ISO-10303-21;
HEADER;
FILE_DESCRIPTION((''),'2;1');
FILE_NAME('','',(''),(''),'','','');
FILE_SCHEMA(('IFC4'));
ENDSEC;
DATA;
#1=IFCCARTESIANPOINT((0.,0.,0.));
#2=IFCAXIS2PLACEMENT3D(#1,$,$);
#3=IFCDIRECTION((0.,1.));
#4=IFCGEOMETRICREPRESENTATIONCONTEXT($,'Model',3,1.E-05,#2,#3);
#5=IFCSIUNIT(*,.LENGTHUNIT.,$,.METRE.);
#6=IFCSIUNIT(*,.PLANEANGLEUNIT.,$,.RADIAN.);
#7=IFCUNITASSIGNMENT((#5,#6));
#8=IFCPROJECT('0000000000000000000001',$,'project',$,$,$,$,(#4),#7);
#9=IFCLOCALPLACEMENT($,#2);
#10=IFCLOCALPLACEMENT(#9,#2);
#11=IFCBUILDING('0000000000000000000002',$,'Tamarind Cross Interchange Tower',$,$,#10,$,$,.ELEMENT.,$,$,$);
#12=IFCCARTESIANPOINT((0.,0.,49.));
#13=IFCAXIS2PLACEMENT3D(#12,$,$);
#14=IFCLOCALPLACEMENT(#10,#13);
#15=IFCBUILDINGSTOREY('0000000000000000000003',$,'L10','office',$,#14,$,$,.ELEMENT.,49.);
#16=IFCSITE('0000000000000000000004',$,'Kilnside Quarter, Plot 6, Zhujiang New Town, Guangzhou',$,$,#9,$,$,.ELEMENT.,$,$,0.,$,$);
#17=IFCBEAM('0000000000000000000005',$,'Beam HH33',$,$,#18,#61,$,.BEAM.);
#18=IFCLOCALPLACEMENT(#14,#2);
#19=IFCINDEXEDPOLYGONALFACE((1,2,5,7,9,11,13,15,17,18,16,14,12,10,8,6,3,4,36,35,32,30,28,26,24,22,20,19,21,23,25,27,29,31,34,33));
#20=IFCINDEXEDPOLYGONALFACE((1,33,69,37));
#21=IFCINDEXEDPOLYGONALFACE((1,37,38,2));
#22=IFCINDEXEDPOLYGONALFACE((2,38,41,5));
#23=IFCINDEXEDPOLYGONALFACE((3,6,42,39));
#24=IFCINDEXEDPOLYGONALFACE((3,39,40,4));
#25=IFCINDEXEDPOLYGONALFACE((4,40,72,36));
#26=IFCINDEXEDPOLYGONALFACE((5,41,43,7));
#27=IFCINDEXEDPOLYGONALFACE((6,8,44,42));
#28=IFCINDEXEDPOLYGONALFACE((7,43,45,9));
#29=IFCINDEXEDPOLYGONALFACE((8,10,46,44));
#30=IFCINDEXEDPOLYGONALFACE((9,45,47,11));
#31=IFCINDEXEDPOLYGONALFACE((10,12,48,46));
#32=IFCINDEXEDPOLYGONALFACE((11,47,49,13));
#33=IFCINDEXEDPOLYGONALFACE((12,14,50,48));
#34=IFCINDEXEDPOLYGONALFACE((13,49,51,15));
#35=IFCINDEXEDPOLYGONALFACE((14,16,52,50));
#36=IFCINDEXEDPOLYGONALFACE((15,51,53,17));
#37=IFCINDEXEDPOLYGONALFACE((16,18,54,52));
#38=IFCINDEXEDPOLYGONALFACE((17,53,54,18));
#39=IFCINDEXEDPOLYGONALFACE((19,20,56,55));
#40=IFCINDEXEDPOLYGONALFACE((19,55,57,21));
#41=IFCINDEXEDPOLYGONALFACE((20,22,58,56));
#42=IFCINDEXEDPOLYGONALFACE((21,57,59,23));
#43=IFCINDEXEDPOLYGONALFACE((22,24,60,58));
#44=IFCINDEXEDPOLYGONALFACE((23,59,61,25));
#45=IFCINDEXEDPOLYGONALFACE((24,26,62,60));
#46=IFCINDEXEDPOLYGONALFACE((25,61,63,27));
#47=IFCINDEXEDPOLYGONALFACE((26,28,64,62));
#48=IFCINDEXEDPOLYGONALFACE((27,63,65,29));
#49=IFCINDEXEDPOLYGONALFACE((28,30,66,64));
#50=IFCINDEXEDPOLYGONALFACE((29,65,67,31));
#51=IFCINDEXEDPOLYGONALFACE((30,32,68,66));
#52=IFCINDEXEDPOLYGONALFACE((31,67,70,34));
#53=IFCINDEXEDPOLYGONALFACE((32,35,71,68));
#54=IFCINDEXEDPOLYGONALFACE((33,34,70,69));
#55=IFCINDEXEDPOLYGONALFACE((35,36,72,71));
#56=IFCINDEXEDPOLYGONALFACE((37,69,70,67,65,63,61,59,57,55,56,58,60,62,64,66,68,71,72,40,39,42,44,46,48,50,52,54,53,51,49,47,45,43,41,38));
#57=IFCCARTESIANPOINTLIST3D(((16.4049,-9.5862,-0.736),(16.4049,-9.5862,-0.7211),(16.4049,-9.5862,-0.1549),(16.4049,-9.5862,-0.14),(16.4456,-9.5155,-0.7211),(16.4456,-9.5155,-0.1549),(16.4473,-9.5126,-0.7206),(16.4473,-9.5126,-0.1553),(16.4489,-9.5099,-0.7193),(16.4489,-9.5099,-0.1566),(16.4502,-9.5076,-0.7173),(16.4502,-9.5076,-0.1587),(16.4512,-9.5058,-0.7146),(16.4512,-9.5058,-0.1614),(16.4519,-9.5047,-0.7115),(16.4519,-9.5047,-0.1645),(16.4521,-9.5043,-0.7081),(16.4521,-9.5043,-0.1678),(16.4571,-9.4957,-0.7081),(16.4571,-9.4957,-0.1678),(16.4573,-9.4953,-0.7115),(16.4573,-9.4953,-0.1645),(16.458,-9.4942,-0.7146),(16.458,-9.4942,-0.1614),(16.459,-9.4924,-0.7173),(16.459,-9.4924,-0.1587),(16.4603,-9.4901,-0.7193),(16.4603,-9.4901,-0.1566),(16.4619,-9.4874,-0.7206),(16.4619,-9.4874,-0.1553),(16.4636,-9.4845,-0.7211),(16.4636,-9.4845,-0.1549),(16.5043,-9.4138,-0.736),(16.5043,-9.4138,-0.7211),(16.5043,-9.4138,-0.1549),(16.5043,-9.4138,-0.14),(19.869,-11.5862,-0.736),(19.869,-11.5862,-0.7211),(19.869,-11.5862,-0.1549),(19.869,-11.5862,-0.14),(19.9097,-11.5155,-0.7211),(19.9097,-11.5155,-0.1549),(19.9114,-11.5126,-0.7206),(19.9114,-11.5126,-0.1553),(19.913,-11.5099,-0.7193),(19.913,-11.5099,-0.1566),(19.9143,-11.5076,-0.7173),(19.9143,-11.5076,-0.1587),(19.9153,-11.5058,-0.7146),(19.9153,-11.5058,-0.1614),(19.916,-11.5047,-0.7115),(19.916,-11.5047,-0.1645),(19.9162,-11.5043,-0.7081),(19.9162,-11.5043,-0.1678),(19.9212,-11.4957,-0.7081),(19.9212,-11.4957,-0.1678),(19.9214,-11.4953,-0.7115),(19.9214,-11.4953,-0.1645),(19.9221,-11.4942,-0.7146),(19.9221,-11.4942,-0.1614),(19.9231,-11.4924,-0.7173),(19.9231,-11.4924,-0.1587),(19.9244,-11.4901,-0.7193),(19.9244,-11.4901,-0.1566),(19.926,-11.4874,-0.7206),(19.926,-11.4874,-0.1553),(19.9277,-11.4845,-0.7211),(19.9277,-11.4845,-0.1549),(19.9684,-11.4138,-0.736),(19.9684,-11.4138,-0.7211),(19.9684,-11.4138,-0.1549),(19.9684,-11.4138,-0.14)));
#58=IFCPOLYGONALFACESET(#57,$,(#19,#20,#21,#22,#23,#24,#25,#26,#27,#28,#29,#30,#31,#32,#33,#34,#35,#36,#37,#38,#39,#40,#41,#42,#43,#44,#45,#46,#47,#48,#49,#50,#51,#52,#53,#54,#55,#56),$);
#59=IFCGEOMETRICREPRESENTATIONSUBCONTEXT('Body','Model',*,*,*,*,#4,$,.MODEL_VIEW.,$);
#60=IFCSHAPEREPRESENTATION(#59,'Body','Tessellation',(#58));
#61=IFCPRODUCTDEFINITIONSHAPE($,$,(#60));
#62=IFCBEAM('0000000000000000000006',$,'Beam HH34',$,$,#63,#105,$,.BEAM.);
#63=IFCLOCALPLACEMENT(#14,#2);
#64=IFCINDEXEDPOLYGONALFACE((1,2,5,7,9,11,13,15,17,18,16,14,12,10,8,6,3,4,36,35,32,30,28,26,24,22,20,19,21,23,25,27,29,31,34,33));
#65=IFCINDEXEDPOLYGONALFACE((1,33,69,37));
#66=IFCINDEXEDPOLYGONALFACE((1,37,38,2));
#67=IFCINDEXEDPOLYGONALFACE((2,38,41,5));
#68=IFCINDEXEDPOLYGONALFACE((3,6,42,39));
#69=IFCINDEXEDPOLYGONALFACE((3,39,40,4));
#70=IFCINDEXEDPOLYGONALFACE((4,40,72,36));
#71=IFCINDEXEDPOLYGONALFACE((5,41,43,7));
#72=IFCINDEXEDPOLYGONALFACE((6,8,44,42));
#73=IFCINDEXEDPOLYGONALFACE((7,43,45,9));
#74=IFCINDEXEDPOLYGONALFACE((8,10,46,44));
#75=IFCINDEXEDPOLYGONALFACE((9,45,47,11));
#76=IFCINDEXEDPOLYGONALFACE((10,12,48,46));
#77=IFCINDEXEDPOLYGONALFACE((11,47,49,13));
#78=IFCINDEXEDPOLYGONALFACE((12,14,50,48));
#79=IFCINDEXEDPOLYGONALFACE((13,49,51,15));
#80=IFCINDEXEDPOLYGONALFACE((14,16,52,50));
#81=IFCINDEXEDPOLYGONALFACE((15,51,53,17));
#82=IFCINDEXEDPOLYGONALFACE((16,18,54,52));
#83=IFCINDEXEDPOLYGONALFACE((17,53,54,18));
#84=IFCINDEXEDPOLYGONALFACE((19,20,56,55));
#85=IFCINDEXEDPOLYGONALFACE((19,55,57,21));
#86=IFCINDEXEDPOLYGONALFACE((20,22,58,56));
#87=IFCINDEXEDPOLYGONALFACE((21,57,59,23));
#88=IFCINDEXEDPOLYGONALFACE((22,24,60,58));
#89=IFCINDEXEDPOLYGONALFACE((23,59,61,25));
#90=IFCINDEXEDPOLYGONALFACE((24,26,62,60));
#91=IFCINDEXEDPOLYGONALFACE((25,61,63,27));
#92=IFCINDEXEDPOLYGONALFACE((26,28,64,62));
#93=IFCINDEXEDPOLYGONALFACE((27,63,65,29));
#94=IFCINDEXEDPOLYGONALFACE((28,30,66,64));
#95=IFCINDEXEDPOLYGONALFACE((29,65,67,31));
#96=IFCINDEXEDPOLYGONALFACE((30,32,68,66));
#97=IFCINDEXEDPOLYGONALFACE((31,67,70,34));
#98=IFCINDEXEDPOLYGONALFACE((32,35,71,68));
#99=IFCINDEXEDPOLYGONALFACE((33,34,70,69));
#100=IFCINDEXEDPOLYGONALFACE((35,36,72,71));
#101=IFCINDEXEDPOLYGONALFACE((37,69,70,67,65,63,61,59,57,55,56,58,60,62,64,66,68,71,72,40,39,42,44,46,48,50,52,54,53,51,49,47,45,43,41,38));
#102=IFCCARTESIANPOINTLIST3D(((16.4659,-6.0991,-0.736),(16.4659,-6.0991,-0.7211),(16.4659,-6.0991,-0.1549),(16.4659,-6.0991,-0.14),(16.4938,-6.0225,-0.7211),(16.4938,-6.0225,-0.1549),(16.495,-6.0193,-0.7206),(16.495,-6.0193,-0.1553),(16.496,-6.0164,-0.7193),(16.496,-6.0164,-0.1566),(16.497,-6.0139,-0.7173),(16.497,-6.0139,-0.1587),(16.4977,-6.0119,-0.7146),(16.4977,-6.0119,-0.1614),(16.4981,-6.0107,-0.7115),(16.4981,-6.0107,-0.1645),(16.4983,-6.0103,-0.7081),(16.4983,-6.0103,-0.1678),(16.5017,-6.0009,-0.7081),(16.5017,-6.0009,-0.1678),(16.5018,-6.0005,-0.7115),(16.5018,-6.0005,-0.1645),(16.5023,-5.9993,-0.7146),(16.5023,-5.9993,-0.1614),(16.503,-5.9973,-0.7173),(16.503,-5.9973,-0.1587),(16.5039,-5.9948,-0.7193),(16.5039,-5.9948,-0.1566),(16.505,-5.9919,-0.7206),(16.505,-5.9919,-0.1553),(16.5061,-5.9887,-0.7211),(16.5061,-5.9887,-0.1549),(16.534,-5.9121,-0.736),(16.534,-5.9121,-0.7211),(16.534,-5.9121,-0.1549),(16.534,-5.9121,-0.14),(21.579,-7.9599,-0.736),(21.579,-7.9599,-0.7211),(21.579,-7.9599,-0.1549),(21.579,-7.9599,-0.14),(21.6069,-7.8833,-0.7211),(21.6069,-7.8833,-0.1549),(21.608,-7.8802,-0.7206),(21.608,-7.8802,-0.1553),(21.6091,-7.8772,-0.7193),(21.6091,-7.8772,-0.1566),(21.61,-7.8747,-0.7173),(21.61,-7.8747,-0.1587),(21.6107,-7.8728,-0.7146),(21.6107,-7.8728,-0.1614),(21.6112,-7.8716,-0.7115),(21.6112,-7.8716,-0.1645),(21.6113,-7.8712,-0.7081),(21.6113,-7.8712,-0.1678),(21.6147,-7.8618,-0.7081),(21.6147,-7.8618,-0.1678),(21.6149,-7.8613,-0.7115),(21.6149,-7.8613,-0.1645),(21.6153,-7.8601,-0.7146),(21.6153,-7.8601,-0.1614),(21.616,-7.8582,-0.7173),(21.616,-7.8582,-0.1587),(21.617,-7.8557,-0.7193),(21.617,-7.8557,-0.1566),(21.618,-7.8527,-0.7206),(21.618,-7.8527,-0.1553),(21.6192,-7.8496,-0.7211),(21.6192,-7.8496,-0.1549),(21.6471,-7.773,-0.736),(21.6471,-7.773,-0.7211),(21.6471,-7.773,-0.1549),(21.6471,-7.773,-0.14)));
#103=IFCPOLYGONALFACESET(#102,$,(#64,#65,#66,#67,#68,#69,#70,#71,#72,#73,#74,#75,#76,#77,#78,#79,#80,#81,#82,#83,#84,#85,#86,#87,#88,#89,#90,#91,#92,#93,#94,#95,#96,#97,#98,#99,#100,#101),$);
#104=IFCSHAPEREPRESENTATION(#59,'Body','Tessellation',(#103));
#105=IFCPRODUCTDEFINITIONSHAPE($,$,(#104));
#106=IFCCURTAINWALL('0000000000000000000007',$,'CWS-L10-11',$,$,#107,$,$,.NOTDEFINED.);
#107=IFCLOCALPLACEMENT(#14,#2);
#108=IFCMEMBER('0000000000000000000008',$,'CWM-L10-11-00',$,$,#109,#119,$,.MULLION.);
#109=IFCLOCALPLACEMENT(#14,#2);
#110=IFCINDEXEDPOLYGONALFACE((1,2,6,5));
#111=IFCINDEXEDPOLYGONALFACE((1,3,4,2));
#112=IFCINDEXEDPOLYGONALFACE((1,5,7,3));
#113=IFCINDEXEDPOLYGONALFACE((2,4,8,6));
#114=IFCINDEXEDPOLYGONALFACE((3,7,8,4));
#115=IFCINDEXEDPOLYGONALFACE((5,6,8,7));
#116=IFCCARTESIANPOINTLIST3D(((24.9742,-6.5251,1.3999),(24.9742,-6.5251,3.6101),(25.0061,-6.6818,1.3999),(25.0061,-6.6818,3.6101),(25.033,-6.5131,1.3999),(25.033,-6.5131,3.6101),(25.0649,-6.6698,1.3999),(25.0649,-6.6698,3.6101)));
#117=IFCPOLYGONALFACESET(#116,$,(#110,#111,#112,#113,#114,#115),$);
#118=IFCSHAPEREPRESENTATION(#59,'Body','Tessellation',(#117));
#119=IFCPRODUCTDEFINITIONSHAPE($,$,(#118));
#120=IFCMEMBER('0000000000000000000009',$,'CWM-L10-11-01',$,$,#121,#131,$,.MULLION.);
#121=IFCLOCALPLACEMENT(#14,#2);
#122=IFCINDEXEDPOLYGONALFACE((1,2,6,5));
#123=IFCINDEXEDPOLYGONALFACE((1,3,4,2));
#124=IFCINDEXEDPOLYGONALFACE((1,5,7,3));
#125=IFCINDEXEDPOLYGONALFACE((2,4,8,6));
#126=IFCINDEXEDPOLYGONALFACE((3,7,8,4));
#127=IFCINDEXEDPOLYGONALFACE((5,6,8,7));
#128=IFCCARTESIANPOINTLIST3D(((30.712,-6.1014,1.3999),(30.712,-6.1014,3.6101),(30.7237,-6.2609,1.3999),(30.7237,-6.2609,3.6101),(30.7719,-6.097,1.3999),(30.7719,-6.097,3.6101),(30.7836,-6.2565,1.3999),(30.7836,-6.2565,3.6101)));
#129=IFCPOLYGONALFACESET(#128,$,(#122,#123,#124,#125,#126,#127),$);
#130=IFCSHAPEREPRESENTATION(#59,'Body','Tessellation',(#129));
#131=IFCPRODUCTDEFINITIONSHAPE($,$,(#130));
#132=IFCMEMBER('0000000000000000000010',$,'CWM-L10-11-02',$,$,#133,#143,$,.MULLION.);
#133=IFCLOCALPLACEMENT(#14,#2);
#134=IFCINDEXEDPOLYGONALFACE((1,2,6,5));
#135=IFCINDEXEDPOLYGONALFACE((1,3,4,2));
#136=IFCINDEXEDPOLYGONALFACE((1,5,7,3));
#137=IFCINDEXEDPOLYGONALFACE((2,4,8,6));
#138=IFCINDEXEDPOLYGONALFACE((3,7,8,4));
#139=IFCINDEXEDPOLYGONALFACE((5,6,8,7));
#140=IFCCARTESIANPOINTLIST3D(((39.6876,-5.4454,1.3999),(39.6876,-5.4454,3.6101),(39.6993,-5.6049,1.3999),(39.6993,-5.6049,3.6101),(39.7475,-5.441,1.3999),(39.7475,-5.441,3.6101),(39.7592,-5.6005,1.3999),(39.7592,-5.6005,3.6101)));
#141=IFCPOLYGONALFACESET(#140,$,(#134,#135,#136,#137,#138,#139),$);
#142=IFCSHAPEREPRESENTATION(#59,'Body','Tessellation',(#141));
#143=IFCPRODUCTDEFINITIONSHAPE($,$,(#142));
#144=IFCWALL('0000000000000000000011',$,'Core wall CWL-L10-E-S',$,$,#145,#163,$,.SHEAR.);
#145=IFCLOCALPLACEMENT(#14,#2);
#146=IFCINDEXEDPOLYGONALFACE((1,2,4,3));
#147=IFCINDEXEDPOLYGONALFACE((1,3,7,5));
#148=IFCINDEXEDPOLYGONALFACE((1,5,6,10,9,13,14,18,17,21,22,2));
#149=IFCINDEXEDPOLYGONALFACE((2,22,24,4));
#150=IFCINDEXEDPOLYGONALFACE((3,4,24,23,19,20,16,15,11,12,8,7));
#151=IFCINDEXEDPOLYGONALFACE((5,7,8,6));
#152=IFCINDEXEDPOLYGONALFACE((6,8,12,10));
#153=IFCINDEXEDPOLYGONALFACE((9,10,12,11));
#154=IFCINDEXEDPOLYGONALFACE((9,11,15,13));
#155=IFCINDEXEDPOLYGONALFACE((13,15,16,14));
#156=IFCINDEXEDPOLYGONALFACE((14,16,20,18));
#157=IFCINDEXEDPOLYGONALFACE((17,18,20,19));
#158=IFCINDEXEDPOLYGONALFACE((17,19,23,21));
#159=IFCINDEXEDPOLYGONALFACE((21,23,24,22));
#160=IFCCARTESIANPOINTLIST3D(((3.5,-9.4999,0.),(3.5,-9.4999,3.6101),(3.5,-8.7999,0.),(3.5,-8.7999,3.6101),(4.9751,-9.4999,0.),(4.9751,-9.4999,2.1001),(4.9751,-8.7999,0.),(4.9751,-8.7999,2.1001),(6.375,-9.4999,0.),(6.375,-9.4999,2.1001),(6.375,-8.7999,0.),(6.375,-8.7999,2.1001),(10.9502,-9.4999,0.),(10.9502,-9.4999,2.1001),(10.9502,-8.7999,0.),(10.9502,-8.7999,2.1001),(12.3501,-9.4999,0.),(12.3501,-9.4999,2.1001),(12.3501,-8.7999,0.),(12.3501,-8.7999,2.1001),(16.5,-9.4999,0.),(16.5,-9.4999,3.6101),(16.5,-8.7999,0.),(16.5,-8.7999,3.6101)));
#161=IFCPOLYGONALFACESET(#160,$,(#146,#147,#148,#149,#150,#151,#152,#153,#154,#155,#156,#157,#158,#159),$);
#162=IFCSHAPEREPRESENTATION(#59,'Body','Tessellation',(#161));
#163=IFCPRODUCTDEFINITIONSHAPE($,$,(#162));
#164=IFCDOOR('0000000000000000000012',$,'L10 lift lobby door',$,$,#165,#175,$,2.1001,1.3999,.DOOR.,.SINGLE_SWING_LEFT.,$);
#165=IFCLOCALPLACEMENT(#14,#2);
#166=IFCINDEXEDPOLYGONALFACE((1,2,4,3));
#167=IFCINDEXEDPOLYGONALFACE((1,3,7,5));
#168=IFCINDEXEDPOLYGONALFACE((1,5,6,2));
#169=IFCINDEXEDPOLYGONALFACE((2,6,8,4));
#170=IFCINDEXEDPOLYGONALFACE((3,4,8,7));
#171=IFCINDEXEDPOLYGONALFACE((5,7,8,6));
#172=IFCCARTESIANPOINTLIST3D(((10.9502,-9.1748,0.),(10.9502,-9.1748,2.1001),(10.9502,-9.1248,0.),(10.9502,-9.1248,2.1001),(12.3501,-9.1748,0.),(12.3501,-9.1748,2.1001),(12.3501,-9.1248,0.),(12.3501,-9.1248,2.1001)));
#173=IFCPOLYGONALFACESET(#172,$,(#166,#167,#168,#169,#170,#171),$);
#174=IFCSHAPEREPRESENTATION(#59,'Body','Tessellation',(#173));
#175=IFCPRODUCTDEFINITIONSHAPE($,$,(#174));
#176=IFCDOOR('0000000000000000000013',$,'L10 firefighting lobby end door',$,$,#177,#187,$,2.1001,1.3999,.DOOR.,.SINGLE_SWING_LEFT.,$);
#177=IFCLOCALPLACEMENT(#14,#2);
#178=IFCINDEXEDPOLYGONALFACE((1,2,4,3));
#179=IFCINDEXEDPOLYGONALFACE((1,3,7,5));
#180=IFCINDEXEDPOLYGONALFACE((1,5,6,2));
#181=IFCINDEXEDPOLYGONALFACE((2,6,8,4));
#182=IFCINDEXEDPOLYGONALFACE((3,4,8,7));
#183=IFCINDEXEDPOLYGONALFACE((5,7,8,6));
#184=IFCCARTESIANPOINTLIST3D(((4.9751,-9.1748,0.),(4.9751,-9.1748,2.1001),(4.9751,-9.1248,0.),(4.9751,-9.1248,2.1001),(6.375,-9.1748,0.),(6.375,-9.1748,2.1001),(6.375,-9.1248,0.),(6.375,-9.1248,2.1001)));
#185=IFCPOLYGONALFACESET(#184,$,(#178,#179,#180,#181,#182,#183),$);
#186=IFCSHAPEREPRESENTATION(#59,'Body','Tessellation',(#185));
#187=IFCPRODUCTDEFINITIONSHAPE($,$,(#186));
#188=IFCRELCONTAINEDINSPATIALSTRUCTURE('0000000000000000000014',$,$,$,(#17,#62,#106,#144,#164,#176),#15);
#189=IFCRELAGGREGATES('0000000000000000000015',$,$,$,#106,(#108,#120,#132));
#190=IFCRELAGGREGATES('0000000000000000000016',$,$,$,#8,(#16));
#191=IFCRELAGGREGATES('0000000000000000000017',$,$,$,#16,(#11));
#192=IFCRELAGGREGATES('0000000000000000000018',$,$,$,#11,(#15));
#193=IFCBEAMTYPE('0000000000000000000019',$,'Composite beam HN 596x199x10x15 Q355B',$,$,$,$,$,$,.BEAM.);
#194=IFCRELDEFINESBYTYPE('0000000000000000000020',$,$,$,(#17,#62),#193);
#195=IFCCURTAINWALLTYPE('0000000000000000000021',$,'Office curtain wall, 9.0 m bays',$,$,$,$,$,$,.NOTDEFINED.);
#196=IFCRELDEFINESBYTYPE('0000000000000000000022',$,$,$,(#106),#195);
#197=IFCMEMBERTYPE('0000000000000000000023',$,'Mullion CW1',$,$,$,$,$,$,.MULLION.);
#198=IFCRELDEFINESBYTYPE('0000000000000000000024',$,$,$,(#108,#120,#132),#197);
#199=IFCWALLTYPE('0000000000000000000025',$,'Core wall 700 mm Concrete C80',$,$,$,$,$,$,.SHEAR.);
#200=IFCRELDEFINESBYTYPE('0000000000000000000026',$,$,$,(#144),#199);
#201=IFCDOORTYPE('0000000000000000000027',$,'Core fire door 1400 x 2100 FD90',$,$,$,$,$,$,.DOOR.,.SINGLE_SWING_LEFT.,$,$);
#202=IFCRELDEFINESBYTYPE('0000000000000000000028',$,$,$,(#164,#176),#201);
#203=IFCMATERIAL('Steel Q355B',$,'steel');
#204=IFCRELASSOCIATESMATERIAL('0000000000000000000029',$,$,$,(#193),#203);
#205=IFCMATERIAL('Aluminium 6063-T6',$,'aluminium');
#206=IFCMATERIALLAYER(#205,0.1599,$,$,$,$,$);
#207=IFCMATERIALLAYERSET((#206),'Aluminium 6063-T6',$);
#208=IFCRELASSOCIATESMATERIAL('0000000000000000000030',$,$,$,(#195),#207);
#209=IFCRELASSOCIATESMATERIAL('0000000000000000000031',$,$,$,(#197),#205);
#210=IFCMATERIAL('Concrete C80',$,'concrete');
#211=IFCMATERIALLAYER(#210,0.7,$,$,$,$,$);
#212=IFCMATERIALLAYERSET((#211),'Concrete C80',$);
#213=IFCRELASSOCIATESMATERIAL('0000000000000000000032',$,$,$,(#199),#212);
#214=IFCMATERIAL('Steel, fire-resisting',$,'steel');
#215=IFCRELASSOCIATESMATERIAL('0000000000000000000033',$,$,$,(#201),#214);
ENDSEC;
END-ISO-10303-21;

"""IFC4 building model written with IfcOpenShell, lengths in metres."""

from ifc_helpers import new_model, si_unit, direction, frame, frame_2d, origin, origin_2d, place, context, subcontext, project, spatial, rectangle, i_section, extrude, material, layer, layer_set, material_profile, profile_set, type_object, element, fill, aggregate, save


model = new_model("IFC4")

# Units and contexts
model_context = context("Model", 3, precision=1e-05, world=origin(), true_north=direction((0.0, 1.0)))
body_context = subcontext(model_context, "Body", "Model", "MODEL_VIEW")
ifc_project = project(units=[si_unit("LENGTHUNIT", "METRE"), si_unit("PLANEANGLEUNIT", "RADIAN")], contexts=[model_context])

# Site, building, storey
site_placement = place(None, origin())
site = spatial("IfcSite", under=ifc_project, at=site_placement, Name="Kilnside Quarter, Plot 6, Zhujiang New Town, Guangzhou", CompositionType="ELEMENT", RefElevation=0.0)
building_placement = place(site_placement, origin())
building = spatial("IfcBuilding", under=site, at=building_placement, Name="Tamarind Cross Interchange Tower", CompositionType="ELEMENT")
storey_placement = place(building_placement, frame((0.0, 0.0, 49.0)))
storey = spatial("IfcBuildingStorey", under=building, at=storey_placement, Name="L10", Description="office", CompositionType="ELEMENT", Elevation=49.0)

# Beams
ifc_material_1 = material(Name="Steel Q355B", Category="steel")
ifc_material_profile_1 = material_profile(ifc_material_1, i_section(OverallWidth=0.199, OverallDepth=0.5959, WebThickness=0.01, FlangeThickness=0.0149, FilletRadius=0.0129, at=origin_2d()), Name="HN 596x199x10x15")
ifc_profile_set_1 = profile_set([ifc_material_profile_1], Name="Steel Q355B")
beam_type_1 = type_object("IfcBeamType", Name="Composite beam HN 596x199x10x15 Q355B", PredefinedType="BEAM", material=ifc_profile_set_1)
beam_1_placement = place(storey_placement, frame((19.9187, -11.5, -0.438), z_axis=(-0.866026, 0.499999, 0.0), x_axis=(-0.499999, -0.866026, 0.0)))
element("IfcBeam", 1, at=beam_1_placement, inside=storey, type_object=beam_type_1, Name="Beam HH33", PredefinedType="BEAM", context=body_context, shape_type="SweptSolid", body=[
    extrude(i_section(OverallWidth=0.199, OverallDepth=0.5959, WebThickness=0.01, FlangeThickness=0.0149, FilletRadius=0.0129, at=origin_2d()), origin(), (0.0, 0.0, 1.0), 4.0),
])
beam_2_placement = place(storey_placement, frame((21.613, -7.8665, -0.438), z_axis=(-0.939702, 0.341995, 0.0), x_axis=(-0.341995, -0.939702, 0.0)))
element("IfcBeam", 2, at=beam_2_placement, inside=storey, type_object=beam_type_1, Name="Beam HH34", PredefinedType="BEAM", context=body_context, shape_type="SweptSolid", body=[
    extrude(i_section(OverallWidth=0.199, OverallDepth=0.5959, WebThickness=0.01, FlangeThickness=0.0149, FilletRadius=0.0129, at=origin_2d()), origin(), (0.0, 0.0, 1.0), 5.4412),
])

# Curtain wall, members
ifc_material_2 = material(Name="Aluminium 6063-T6", Category="aluminium")
ifc_layer_1 = layer(ifc_material_2, 0.1599)
ifc_layer_set_1 = layer_set([ifc_layer_1], Name="Aluminium 6063-T6")
curtain_wall_type = type_object("IfcCurtainWallType", Name="Office curtain wall, 9.0 m bays", PredefinedType="NOTDEFINED", material=ifc_layer_set_1)
curtain_wall_placement = place(storey_placement, origin())
curtain_wall = element("IfcCurtainWall", 3, at=curtain_wall_placement, inside=storey, type_object=curtain_wall_type, Name="CWS-L10-11", PredefinedType="NOTDEFINED")
ifc_material_profile_2 = material_profile(ifc_material_2, rectangle(XDim=0.0601, YDim=0.1599, at=origin_2d()), Name="Mullion CW1")
ifc_profile_set_2 = profile_set([ifc_material_profile_2], Name="Aluminium 6063-T6")
member_type = type_object("IfcMemberType", Name="Mullion CW1", PredefinedType="MULLION", material=ifc_profile_set_2)
member_1_placement = place(storey_placement, frame((25.0195, -6.5974, 1.3999), z_axis=(0.0, 0.0, 1.0), x_axis=(0.979911, 0.199435, 0.0)))
member_1 = element("IfcMember", 4, at=member_1_placement, type_object=member_type, Name="CWM-L10-11-00", PredefinedType="MULLION", context=body_context, shape_type="SweptSolid", body=[
    extrude(rectangle(XDim=0.0601, YDim=0.1599, at=origin_2d()), origin(), (0.0, 0.0, 1.0), 2.2102),
])
member_2_placement = place(storey_placement, frame((30.7478, -6.179, 1.3999), z_axis=(0.0, 0.0, 1.0), x_axis=(0.997341, 0.072876, 0.0)))
member_2 = element("IfcMember", 5, at=member_2_placement, type_object=member_type, Name="CWM-L10-11-01", PredefinedType="MULLION", context=body_context, shape_type="SweptSolid", body=[
    extrude(rectangle(XDim=0.0601, YDim=0.1599, at=origin_2d()), origin(), (0.0, 0.0, 1.0), 2.2102),
])
member_3_placement = place(storey_placement, frame((39.7234, -5.5229, 1.3999), z_axis=(0.0, 0.0, 1.0), x_axis=(0.997341, 0.072876, 0.0)))
member_3 = element("IfcMember", 6, at=member_3_placement, type_object=member_type, Name="CWM-L10-11-02", PredefinedType="MULLION", context=body_context, shape_type="SweptSolid", body=[
    extrude(rectangle(XDim=0.0601, YDim=0.1599, at=origin_2d()), origin(), (0.0, 0.0, 1.0), 2.2102),
])
aggregate(curtain_wall, [member_1, member_2, member_3])

# Wall, openings, doors
ifc_material_3 = material(Name="Concrete C80", Category="concrete")
ifc_layer_2 = layer(ifc_material_3, 0.7)
ifc_layer_set_2 = layer_set([ifc_layer_2], Name="Concrete C80")
wall_type_1 = type_object("IfcWallType", Name="Core wall 700 mm Concrete C80", PredefinedType="SHEAR", material=ifc_layer_set_2)
wall_1_placement = place(storey_placement, frame((16.5, -9.1499, 0.0), z_axis=(0.0, 0.0, 1.0), x_axis=(-1.0, 0.0, 0.0)))
wall_1 = element("IfcWall", 7, at=wall_1_placement, inside=storey, type_object=wall_type_1, Name="Core wall CWL-L10-E-S", PredefinedType="SHEAR", context=body_context, shape_type="SweptSolid", body=[
    extrude(rectangle(XDim=13.0, YDim=0.7, at=frame_2d((6.5, 0.0))), origin(), (0.0, 0.0, 1.0), 3.6101),
])
opening_1_placement = place(wall_1_placement, frame((4.1499, 0.0, 0.0)))
opening_1 = element("IfcOpeningElement", 8, at=opening_1_placement, cuts=wall_1, PredefinedType="OPENING", context=body_context, shape_type="SweptSolid", body=[
    extrude(rectangle(XDim=1.3999, YDim=2.1001, at=frame_2d((0.7, 1.05))), frame((0.0, 0.3599, 0.0), z_axis=(0.0, -1.0, 0.0), x_axis=(1.0, 0.0, 0.0)), (0.0, 0.0, 1.0), 0.72),
])
opening_2_placement = place(wall_1_placement, frame((10.125, 0.0, 0.0)))
opening_2 = element("IfcOpeningElement", 9, at=opening_2_placement, cuts=wall_1, PredefinedType="OPENING", context=body_context, shape_type="SweptSolid", body=[
    extrude(rectangle(XDim=1.3999, YDim=2.1001, at=frame_2d((0.7, 1.05))), frame((0.0, 0.3599, 0.0), z_axis=(0.0, -1.0, 0.0), x_axis=(1.0, 0.0, 0.0)), (0.0, 0.0, 1.0), 0.72),
])
ifc_material_4 = material(Name="Steel, fire-resisting", Category="steel")
door_type_1 = type_object("IfcDoorType", Name="Core fire door 1400 x 2100 FD90", OperationType="SINGLE_SWING_LEFT", PredefinedType="DOOR", material=ifc_material_4)
door_1_placement = place(opening_1_placement, origin())
door_1 = element("IfcDoor", 10, at=door_1_placement, inside=storey, type_object=door_type_1, Name="L10 lift lobby door", OperationType="SINGLE_SWING_LEFT", OverallHeight=2.1001, OverallWidth=1.3999, PredefinedType="DOOR", context=body_context, shape_type="SweptSolid", body=[
    extrude(rectangle(XDim=1.3999, YDim=2.1001, at=frame_2d((0.7, 1.05))), frame((0.0, 0.0249, 0.0), z_axis=(0.0, -1.0, 0.0), x_axis=(1.0, 0.0, 0.0)), (0.0, 0.0, 1.0), 0.05),
])
fill(opening_1, door_1)
door_2_placement = place(opening_2_placement, origin())
door_2 = element("IfcDoor", 11, at=door_2_placement, inside=storey, type_object=door_type_1, Name="L10 firefighting lobby end door", OperationType="SINGLE_SWING_LEFT", OverallHeight=2.1001, OverallWidth=1.3999, PredefinedType="DOOR", context=body_context, shape_type="SweptSolid", body=[
    extrude(rectangle(XDim=1.3999, YDim=2.1001, at=frame_2d((0.7, 1.05))), frame((0.0, 0.0249, 0.0), z_axis=(0.0, -1.0, 0.0), x_axis=(1.0, 0.0, 0.0)), (0.0, 0.0, 1.0), 0.05),
])
fill(opening_2, door_2)

save(model, "model.ifc")
